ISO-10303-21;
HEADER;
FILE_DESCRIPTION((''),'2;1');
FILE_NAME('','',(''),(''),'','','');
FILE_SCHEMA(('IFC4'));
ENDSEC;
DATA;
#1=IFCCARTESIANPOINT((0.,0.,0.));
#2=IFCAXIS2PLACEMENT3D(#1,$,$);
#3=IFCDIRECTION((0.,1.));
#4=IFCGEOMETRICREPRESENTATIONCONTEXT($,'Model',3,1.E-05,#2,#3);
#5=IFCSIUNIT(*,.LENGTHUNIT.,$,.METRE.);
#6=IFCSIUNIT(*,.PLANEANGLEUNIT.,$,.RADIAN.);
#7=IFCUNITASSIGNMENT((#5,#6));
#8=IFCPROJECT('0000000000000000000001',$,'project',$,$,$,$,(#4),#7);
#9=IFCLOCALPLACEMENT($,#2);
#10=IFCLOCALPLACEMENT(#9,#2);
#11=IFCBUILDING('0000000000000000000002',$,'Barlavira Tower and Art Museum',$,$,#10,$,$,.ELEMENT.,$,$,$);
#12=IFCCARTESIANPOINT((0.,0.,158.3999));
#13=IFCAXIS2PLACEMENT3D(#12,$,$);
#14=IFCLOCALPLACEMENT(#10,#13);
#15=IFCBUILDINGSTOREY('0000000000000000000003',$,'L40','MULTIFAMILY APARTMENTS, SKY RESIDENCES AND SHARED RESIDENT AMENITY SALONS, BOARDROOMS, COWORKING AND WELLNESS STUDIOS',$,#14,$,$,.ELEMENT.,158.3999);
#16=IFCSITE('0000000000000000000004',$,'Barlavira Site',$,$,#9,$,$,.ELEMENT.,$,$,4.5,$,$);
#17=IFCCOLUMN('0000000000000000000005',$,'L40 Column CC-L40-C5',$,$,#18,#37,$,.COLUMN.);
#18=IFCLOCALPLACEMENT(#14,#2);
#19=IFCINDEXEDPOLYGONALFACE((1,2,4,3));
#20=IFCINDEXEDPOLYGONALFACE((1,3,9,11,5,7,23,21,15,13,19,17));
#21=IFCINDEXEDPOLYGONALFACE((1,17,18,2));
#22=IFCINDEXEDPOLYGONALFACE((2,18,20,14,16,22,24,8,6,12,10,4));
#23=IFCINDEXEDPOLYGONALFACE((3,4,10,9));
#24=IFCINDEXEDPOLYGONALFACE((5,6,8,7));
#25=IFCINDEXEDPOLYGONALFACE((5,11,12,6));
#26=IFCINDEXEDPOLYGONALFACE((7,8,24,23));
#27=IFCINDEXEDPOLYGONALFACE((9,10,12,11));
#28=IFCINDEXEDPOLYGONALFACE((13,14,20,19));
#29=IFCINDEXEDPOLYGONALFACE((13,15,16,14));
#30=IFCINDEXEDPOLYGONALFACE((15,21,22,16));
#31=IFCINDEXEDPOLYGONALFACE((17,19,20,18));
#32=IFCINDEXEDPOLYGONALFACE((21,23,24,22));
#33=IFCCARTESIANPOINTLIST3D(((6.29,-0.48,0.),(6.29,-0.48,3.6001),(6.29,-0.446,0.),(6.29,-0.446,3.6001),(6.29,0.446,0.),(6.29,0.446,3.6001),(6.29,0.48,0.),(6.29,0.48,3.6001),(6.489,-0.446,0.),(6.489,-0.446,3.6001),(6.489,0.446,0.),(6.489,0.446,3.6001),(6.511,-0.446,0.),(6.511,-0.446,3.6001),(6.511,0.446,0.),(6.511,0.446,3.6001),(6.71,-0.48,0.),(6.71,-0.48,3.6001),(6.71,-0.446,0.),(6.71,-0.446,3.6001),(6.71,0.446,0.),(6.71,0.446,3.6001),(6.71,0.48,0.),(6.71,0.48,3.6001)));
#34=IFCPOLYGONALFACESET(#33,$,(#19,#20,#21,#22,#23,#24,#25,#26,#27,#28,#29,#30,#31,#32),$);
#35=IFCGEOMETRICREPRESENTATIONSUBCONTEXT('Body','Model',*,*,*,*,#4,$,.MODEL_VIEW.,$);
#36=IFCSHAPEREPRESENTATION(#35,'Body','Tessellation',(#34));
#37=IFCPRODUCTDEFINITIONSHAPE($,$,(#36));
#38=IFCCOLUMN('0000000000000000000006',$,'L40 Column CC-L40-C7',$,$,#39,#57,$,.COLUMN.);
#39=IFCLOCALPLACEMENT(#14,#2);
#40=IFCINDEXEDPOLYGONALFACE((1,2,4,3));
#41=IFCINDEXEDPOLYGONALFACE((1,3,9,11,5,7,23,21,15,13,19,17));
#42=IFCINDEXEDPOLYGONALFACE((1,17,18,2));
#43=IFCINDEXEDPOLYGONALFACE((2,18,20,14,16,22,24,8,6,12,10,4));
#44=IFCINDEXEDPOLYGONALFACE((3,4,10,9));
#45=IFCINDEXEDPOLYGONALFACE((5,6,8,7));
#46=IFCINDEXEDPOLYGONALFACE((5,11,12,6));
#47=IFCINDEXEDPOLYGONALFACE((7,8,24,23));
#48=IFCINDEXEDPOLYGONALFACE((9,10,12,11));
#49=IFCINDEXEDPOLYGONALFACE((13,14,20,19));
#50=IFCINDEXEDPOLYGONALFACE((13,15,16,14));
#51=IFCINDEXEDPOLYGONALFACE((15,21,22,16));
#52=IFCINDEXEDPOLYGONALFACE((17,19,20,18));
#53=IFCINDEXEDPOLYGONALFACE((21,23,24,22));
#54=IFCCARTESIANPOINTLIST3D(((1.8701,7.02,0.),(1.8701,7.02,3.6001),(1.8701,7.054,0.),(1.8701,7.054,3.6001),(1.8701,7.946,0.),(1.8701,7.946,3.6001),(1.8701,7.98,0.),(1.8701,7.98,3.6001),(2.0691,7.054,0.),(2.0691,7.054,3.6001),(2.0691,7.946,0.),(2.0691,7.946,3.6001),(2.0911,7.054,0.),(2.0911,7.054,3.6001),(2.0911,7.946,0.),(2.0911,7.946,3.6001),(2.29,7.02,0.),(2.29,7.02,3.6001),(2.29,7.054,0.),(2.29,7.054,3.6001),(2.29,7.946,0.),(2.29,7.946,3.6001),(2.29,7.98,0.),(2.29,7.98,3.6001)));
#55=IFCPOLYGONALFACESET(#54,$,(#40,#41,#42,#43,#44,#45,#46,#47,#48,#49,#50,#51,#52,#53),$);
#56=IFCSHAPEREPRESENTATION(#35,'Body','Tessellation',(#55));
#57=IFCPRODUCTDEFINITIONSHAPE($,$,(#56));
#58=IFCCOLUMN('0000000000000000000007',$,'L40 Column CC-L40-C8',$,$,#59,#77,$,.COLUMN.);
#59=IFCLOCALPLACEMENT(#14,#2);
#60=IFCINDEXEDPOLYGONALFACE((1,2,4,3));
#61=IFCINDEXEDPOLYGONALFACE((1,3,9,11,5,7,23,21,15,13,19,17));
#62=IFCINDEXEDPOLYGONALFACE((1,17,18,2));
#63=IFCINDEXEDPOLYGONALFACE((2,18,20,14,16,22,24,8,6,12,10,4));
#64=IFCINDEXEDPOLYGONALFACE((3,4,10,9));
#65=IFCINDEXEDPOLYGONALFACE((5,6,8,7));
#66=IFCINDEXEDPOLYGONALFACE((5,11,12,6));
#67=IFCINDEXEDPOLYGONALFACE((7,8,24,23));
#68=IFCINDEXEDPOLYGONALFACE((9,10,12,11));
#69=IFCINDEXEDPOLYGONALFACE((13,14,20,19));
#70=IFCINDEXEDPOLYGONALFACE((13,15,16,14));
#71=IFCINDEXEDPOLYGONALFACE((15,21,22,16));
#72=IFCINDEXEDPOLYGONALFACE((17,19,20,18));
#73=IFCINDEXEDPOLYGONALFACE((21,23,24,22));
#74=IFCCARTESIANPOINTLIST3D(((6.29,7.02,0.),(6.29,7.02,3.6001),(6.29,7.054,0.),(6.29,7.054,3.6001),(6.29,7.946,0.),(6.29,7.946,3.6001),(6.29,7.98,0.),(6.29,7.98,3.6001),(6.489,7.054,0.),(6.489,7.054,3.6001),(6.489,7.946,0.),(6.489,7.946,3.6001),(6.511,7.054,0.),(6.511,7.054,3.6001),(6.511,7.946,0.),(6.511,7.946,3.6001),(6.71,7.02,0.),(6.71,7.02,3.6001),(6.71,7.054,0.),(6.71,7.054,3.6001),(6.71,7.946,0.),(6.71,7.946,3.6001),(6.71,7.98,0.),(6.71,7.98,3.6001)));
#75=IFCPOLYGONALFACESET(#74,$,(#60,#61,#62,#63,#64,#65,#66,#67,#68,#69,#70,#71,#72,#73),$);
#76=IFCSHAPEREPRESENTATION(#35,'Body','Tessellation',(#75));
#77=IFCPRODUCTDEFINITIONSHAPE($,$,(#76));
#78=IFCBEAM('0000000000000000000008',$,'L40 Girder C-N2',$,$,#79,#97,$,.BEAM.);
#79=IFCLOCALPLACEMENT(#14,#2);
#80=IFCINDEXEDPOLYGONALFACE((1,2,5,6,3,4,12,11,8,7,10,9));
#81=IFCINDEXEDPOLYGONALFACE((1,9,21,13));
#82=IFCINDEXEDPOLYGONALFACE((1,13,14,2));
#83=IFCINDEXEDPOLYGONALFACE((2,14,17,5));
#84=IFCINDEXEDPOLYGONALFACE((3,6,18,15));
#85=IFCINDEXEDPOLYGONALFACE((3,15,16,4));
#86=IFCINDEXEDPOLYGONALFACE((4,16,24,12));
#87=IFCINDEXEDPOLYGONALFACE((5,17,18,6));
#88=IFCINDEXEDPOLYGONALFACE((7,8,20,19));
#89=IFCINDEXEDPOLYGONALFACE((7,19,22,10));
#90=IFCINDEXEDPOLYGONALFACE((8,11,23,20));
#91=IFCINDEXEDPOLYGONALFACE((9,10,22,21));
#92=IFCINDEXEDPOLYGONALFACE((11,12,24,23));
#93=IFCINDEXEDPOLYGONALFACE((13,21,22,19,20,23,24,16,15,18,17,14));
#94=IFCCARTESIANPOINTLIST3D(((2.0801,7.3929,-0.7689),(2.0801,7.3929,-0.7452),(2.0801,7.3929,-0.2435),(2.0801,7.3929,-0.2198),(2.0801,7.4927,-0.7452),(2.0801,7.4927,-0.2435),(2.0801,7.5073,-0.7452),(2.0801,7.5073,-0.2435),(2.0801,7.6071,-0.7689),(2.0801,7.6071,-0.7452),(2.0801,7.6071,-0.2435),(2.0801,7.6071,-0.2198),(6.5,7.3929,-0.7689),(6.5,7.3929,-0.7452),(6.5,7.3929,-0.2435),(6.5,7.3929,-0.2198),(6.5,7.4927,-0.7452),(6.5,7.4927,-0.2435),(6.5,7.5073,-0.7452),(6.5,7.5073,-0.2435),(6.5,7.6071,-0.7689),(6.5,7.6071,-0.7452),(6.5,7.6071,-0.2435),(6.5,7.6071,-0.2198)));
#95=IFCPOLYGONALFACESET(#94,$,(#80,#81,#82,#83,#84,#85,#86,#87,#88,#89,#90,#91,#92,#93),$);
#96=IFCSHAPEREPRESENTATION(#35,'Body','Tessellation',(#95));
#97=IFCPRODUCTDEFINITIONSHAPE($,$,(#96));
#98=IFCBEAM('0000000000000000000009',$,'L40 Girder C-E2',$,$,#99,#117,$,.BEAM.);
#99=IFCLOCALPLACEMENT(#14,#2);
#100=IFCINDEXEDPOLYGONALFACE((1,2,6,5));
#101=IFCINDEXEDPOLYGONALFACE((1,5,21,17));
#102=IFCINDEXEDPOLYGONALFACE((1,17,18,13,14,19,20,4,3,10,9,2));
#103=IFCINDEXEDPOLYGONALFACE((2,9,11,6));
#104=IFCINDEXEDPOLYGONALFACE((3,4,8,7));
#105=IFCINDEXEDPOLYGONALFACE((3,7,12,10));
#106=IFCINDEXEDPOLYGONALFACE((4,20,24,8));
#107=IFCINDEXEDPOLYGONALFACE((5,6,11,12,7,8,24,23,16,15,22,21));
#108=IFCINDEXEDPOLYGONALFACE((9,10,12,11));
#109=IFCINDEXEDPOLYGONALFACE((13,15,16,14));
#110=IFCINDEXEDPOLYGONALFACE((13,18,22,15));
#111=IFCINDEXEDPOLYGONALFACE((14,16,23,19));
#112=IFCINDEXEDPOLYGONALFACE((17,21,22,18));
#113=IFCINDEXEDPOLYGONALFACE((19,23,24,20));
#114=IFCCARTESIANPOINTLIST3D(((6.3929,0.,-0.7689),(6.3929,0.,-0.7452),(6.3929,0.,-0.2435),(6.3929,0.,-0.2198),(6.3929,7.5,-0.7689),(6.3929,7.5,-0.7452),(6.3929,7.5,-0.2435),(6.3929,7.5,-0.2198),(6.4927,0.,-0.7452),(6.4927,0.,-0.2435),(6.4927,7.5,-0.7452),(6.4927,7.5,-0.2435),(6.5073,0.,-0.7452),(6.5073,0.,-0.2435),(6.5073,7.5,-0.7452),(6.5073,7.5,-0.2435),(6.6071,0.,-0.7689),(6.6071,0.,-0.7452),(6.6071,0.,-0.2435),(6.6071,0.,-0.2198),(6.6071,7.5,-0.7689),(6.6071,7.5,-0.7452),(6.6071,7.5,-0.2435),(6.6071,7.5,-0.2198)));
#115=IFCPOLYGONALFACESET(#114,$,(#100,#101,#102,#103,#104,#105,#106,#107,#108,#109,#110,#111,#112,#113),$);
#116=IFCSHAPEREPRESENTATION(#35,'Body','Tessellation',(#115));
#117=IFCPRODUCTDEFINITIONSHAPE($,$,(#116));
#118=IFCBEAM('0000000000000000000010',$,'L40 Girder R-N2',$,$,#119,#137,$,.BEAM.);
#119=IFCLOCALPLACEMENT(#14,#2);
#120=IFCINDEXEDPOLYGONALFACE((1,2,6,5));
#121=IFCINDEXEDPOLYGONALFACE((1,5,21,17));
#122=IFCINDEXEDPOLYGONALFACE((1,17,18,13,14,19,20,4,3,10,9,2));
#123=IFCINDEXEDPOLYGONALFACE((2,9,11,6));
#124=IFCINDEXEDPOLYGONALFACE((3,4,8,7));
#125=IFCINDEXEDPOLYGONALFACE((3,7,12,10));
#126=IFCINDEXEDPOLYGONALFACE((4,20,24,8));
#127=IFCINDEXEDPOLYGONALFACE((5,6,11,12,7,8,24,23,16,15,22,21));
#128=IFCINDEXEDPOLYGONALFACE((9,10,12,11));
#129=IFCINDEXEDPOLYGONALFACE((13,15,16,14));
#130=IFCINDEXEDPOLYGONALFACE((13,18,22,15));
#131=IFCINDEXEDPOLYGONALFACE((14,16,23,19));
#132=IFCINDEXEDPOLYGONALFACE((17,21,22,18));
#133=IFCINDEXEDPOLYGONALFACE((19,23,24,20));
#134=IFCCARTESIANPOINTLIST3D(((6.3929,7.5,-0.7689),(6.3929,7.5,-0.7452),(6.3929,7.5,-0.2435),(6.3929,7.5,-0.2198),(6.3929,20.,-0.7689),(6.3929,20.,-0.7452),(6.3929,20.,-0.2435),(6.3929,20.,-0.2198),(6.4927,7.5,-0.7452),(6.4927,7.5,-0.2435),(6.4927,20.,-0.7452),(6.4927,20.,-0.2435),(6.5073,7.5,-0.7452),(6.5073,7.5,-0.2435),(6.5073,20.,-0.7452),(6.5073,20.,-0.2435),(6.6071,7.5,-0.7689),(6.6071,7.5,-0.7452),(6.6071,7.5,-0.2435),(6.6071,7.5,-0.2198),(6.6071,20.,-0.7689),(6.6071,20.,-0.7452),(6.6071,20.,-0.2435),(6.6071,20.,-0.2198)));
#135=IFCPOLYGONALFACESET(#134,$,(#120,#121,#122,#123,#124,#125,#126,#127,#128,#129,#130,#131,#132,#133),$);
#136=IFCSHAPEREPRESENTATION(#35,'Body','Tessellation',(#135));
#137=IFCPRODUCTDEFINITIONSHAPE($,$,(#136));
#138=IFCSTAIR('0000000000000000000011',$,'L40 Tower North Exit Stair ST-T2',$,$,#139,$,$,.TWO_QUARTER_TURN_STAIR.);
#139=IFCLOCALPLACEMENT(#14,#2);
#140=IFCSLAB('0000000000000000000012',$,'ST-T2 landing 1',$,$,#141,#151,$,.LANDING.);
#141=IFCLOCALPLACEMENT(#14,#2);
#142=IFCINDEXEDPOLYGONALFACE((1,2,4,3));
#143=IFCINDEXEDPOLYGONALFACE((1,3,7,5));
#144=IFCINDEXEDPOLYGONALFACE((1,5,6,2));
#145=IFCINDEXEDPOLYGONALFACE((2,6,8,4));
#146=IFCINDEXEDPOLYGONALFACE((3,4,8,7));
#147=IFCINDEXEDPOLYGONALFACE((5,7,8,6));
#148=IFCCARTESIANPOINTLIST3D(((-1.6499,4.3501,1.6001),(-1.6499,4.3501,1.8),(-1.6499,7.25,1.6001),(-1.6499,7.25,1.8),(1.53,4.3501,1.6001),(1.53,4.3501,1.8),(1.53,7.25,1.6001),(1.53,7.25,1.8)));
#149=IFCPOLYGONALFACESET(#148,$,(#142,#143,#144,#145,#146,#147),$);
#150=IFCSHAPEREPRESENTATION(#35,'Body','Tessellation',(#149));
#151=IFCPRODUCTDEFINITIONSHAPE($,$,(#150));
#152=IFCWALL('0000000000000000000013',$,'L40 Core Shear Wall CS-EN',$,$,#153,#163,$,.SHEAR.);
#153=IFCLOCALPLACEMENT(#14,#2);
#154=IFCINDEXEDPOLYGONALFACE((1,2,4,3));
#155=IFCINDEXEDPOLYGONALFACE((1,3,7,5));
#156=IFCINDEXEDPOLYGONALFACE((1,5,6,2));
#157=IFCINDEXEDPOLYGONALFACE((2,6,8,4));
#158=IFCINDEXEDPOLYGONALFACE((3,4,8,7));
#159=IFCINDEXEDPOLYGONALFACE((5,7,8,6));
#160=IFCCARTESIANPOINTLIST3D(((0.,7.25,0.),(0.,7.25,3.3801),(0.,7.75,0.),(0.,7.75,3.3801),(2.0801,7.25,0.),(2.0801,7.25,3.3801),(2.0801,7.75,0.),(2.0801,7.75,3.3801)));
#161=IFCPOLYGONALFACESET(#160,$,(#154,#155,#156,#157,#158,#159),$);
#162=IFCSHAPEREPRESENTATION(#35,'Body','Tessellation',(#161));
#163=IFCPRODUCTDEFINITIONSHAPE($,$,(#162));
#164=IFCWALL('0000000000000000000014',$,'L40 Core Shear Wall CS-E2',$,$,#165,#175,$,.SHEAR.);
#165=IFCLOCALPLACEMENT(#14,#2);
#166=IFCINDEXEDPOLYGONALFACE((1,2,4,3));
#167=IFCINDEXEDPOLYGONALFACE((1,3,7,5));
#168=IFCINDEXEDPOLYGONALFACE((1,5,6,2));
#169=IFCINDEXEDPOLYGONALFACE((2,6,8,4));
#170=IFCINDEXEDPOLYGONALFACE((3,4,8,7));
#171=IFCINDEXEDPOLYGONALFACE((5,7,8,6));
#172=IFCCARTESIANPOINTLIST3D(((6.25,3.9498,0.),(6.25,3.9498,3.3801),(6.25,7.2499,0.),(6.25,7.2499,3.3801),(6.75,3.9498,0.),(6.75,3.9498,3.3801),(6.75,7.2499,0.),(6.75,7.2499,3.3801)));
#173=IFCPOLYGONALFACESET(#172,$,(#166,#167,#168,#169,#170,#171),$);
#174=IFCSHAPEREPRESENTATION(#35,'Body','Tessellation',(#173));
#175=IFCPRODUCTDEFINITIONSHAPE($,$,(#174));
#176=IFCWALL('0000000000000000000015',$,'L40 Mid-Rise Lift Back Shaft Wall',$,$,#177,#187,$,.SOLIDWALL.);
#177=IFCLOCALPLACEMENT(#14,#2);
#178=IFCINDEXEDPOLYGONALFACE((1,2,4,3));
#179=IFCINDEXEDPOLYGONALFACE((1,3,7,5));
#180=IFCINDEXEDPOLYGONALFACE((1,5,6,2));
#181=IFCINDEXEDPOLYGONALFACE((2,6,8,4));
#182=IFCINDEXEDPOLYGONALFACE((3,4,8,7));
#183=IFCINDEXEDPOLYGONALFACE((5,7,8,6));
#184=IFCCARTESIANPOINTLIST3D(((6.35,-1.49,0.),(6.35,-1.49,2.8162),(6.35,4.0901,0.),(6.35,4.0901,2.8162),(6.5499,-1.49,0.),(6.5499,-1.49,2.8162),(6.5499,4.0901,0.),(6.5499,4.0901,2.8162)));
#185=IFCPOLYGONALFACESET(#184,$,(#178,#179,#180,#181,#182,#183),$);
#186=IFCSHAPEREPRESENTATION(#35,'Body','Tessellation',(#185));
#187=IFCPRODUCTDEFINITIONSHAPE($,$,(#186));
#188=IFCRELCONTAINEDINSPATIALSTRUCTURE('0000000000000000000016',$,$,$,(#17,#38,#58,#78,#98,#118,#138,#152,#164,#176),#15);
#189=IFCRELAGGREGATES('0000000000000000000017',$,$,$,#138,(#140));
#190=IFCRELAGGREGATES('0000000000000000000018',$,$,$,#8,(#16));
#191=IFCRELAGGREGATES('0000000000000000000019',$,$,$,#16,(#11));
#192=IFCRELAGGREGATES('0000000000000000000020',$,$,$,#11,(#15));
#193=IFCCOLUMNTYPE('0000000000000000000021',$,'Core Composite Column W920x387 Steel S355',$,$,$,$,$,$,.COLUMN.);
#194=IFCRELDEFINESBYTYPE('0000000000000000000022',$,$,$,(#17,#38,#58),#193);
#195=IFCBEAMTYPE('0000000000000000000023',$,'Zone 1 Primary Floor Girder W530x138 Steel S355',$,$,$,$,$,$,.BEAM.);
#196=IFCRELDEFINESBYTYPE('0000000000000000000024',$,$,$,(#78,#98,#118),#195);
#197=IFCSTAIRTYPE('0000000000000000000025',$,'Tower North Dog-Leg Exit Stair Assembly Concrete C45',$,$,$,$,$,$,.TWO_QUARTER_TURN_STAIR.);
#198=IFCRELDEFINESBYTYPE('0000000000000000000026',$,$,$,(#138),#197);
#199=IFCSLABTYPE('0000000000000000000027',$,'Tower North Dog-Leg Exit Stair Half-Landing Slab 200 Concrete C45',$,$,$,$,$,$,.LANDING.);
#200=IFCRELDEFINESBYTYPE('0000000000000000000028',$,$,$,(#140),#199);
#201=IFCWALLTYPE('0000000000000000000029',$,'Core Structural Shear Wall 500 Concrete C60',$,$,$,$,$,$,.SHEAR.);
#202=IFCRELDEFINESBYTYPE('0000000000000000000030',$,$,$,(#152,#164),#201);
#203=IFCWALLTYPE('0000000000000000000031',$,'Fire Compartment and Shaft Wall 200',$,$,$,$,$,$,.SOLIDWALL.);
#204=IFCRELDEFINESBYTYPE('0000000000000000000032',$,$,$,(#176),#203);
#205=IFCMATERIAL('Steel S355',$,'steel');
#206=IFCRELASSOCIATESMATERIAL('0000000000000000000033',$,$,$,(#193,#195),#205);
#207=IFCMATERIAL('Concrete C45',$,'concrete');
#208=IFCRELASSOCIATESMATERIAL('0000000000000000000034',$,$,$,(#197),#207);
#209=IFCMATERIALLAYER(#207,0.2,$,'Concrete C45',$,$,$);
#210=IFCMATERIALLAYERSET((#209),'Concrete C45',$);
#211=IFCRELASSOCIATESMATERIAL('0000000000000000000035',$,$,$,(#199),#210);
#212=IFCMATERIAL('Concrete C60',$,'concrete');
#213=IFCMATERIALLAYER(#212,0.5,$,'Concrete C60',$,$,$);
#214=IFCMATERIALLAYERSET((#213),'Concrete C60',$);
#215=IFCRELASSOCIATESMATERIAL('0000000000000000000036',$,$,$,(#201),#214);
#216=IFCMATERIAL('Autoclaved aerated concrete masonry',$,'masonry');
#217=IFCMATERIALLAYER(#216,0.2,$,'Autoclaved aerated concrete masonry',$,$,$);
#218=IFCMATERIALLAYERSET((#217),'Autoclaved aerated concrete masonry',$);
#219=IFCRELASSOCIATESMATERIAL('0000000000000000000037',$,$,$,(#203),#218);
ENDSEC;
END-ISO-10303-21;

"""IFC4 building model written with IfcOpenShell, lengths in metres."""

from ifc_helpers import new_model, si_unit, direction, frame, frame_2d, origin, origin_2d, place, context, subcontext, project, spatial, polyline, rectangle, i_section, outline, extrude, material, layer, layer_set, material_profile, profile_set, type_object, element, aggregate, save


model = new_model("IFC4")

# Units and contexts
model_context = context("Model", 3, precision=1e-05, world=origin(), true_north=direction((0.0, 1.0)))
body_context = subcontext(model_context, "Body", "Model", "MODEL_VIEW")
ifc_project = project(units=[si_unit("LENGTHUNIT", "METRE"), si_unit("PLANEANGLEUNIT", "RADIAN")], contexts=[model_context])

# Site, building, storey
site_placement = place(None, origin())
site = spatial("IfcSite", under=ifc_project, at=site_placement, Name="Barlavira Site", CompositionType="ELEMENT", RefElevation=4.5)
building_placement = place(site_placement, origin())
building = spatial("IfcBuilding", under=site, at=building_placement, Name="Barlavira Tower and Art Museum", CompositionType="ELEMENT")
storey_placement = place(building_placement, frame((0.0, 0.0, 158.3999)))
storey = spatial("IfcBuildingStorey", under=building, at=storey_placement, Name="L40", Description="MULTIFAMILY APARTMENTS, SKY RESIDENCES AND SHARED RESIDENT AMENITY SALONS, BOARDROOMS, COWORKING AND WELLNESS STUDIOS", CompositionType="ELEMENT", Elevation=158.3999)

# Columns
ifc_material_1 = material(Name="Steel S355", Category="steel")
ifc_material_profile_1 = material_profile(ifc_material_1, i_section(OverallWidth=0.4199, OverallDepth=0.96, WebThickness=0.022, FlangeThickness=0.0339, at=origin_2d()), Name="W920x387.0")
ifc_profile_set_1 = profile_set([ifc_material_profile_1], Name="Steel S355")
column_type = type_object("IfcColumnType", Name="Core Composite Column W920x387 Steel S355", PredefinedType="COLUMN", material=ifc_profile_set_1)
for number, where, z_axis, x_axis, name in (
    (1, (6.5, 0.0, 0.0), (0.0, 0.0, 1.0), (1.0, 0.0, 0.0), "L40 Column CC-L40-C5"),
    (2, (2.0801, 7.5, 0.0), (0.0, 0.0, 1.0), (1.0, 0.0, 0.0), "L40 Column CC-L40-C7"),
    (3, (6.5, 7.5, 0.0), (0.0, 0.0, 1.0), (1.0, 0.0, 0.0), "L40 Column CC-L40-C8"),
):
    element("IfcColumn", number, at=place(storey_placement, frame(where, z_axis=z_axis, x_axis=x_axis)), inside=storey, type_object=column_type, Name=name, PredefinedType="COLUMN", context=body_context, shape_type="SweptSolid", body=[
        extrude(i_section(OverallWidth=0.4199, OverallDepth=0.96, WebThickness=0.022, FlangeThickness=0.0339, at=origin_2d()), origin(), (0.0, 0.0, 1.0), 3.6001),
    ])

# Beams
ifc_material_profile_2 = material_profile(ifc_material_1, i_section(OverallWidth=0.2141, OverallDepth=0.5491, WebThickness=0.0146, FlangeThickness=0.0237, at=origin_2d()), Name="W530x138.0")
ifc_profile_set_2 = profile_set([ifc_material_profile_2], Name="Steel S355")
beam_type = type_object("IfcBeamType", Name="Zone 1 Primary Floor Girder W530x138 Steel S355", PredefinedType="BEAM", material=ifc_profile_set_2)
beam_1_placement = place(storey_placement, frame((2.0801, 7.5, -0.4944), z_axis=(1.0, 0.0, 0.0), x_axis=(0.0, 1.0, 0.0)))
element("IfcBeam", 4, at=beam_1_placement, inside=storey, type_object=beam_type, Name="L40 Girder C-N2", PredefinedType="BEAM", context=body_context, shape_type="SweptSolid", body=[
    extrude(i_section(OverallWidth=0.2141, OverallDepth=0.5491, WebThickness=0.0146, FlangeThickness=0.0237, at=origin_2d()), origin(), (0.0, 0.0, 1.0), 4.4199),
])
beam_2_placement = place(storey_placement, frame((6.5, 0.0, -0.4944), z_axis=(0.0, 1.0, 0.0), x_axis=(-1.0, 0.0, 0.0)))
element("IfcBeam", 5, at=beam_2_placement, inside=storey, type_object=beam_type, Name="L40 Girder C-E2", PredefinedType="BEAM", context=body_context, shape_type="SweptSolid", body=[
    extrude(i_section(OverallWidth=0.2141, OverallDepth=0.5491, WebThickness=0.0146, FlangeThickness=0.0237, at=origin_2d()), origin(), (0.0, 0.0, 1.0), 7.5),
])
beam_3_placement = place(storey_placement, frame((6.5, 7.5, -0.4944), z_axis=(0.0, 1.0, 0.0), x_axis=(-1.0, 0.0, 0.0)))
element("IfcBeam", 6, at=beam_3_placement, inside=storey, type_object=beam_type, Name="L40 Girder R-N2", PredefinedType="BEAM", context=body_context, shape_type="SweptSolid", body=[
    extrude(i_section(OverallWidth=0.2141, OverallDepth=0.5491, WebThickness=0.0146, FlangeThickness=0.0237, at=origin_2d()), origin(), (0.0, 0.0, 1.0), 12.5),
])

# Stair, slab
ifc_material_2 = material(Name="Concrete C45", Category="concrete")
stair_type = type_object("IfcStairType", Name="Tower North Dog-Leg Exit Stair Assembly Concrete C45", PredefinedType="TWO_QUARTER_TURN_STAIR", material=ifc_material_2)
stair_placement = place(storey_placement, origin())
stair = element("IfcStair", 7, at=stair_placement, inside=storey, type_object=stair_type, Name="L40 Tower North Exit Stair ST-T2", PredefinedType="TWO_QUARTER_TURN_STAIR")
ifc_layer_1 = layer(ifc_material_2, 0.2, Name="Concrete C45")
ifc_layer_set_1 = layer_set([ifc_layer_1], Name="Concrete C45")
slab_type = type_object("IfcSlabType", Name="Tower North Dog-Leg Exit Stair Half-Landing Slab 200 Concrete C45", PredefinedType="LANDING", material=ifc_layer_set_1)
slab_placement = place(storey_placement, frame((0.0, 0.0, 1.6001)))
slab = element("IfcSlab", 8, at=slab_placement, type_object=slab_type, Name="ST-T2 landing 1", PredefinedType="LANDING", context=body_context, shape_type="SweptSolid", body=[
    extrude(outline(polyline([(-1.6499, 4.3501), (1.53, 4.3501), (1.53, 7.25), (-1.6499, 7.25), (-1.6499, 4.3501)])), origin(), (0.0, 0.0, 1.0), 0.2),
])
aggregate(stair, [slab])

# Walls
ifc_material_3 = material(Name="Concrete C60", Category="concrete")
ifc_layer_2 = layer(ifc_material_3, 0.5, Name="Concrete C60")
ifc_layer_set_2 = layer_set([ifc_layer_2], Name="Concrete C60")
wall_type_1 = type_object("IfcWallType", Name="Core Structural Shear Wall 500 Concrete C60", PredefinedType="SHEAR", material=ifc_layer_set_2)
wall_1_placement = place(storey_placement, frame((0.0, 7.5, 0.0), z_axis=(0.0, 0.0, 1.0), x_axis=(1.0, 0.0, 0.0)))
element("IfcWall", 9, at=wall_1_placement, inside=storey, type_object=wall_type_1, Name="L40 Core Shear Wall CS-EN", PredefinedType="SHEAR", context=body_context, shape_type="SweptSolid", body=[
    extrude(rectangle(XDim=2.0801, YDim=0.5, at=frame_2d((1.04, 0.0))), origin(), (0.0, 0.0, 1.0), 3.3801),
])
wall_2_placement = place(storey_placement, frame((6.5, 3.95, 0.0), z_axis=(0.0, 0.0, 1.0), x_axis=(0.0, 1.0, 0.0)))
element("IfcWall", 10, at=wall_2_placement, inside=storey, type_object=wall_type_1, Name="L40 Core Shear Wall CS-E2", PredefinedType="SHEAR", context=body_context, shape_type="SweptSolid", body=[
    extrude(rectangle(XDim=3.3, YDim=0.5, at=frame_2d((1.6499, 0.0))), origin(), (0.0, 0.0, 1.0), 3.3801),
])
ifc_material_4 = material(Name="Autoclaved aerated concrete masonry", Category="masonry")
ifc_layer_3 = layer(ifc_material_4, 0.2, Name="Autoclaved aerated concrete masonry")
ifc_layer_set_3 = layer_set([ifc_layer_3], Name="Autoclaved aerated concrete masonry")
wall_type_2 = type_object("IfcWallType", Name="Fire Compartment and Shaft Wall 200", PredefinedType="SOLIDWALL", material=ifc_layer_set_3)
wall_3_placement = place(storey_placement, frame((6.45, -1.49, 0.0), z_axis=(0.0, 0.0, 1.0), x_axis=(0.0, 1.0, 0.0)))
element("IfcWall", 11, at=wall_3_placement, inside=storey, type_object=wall_type_2, Name="L40 Mid-Rise Lift Back Shaft Wall", PredefinedType="SOLIDWALL", context=body_context, shape_type="SweptSolid", body=[
    extrude(rectangle(XDim=5.5801, YDim=0.2, at=frame_2d((2.79, 0.0))), origin(), (0.0, 0.0, 1.0), 2.8162),
])

save(model, "model.ifc")
